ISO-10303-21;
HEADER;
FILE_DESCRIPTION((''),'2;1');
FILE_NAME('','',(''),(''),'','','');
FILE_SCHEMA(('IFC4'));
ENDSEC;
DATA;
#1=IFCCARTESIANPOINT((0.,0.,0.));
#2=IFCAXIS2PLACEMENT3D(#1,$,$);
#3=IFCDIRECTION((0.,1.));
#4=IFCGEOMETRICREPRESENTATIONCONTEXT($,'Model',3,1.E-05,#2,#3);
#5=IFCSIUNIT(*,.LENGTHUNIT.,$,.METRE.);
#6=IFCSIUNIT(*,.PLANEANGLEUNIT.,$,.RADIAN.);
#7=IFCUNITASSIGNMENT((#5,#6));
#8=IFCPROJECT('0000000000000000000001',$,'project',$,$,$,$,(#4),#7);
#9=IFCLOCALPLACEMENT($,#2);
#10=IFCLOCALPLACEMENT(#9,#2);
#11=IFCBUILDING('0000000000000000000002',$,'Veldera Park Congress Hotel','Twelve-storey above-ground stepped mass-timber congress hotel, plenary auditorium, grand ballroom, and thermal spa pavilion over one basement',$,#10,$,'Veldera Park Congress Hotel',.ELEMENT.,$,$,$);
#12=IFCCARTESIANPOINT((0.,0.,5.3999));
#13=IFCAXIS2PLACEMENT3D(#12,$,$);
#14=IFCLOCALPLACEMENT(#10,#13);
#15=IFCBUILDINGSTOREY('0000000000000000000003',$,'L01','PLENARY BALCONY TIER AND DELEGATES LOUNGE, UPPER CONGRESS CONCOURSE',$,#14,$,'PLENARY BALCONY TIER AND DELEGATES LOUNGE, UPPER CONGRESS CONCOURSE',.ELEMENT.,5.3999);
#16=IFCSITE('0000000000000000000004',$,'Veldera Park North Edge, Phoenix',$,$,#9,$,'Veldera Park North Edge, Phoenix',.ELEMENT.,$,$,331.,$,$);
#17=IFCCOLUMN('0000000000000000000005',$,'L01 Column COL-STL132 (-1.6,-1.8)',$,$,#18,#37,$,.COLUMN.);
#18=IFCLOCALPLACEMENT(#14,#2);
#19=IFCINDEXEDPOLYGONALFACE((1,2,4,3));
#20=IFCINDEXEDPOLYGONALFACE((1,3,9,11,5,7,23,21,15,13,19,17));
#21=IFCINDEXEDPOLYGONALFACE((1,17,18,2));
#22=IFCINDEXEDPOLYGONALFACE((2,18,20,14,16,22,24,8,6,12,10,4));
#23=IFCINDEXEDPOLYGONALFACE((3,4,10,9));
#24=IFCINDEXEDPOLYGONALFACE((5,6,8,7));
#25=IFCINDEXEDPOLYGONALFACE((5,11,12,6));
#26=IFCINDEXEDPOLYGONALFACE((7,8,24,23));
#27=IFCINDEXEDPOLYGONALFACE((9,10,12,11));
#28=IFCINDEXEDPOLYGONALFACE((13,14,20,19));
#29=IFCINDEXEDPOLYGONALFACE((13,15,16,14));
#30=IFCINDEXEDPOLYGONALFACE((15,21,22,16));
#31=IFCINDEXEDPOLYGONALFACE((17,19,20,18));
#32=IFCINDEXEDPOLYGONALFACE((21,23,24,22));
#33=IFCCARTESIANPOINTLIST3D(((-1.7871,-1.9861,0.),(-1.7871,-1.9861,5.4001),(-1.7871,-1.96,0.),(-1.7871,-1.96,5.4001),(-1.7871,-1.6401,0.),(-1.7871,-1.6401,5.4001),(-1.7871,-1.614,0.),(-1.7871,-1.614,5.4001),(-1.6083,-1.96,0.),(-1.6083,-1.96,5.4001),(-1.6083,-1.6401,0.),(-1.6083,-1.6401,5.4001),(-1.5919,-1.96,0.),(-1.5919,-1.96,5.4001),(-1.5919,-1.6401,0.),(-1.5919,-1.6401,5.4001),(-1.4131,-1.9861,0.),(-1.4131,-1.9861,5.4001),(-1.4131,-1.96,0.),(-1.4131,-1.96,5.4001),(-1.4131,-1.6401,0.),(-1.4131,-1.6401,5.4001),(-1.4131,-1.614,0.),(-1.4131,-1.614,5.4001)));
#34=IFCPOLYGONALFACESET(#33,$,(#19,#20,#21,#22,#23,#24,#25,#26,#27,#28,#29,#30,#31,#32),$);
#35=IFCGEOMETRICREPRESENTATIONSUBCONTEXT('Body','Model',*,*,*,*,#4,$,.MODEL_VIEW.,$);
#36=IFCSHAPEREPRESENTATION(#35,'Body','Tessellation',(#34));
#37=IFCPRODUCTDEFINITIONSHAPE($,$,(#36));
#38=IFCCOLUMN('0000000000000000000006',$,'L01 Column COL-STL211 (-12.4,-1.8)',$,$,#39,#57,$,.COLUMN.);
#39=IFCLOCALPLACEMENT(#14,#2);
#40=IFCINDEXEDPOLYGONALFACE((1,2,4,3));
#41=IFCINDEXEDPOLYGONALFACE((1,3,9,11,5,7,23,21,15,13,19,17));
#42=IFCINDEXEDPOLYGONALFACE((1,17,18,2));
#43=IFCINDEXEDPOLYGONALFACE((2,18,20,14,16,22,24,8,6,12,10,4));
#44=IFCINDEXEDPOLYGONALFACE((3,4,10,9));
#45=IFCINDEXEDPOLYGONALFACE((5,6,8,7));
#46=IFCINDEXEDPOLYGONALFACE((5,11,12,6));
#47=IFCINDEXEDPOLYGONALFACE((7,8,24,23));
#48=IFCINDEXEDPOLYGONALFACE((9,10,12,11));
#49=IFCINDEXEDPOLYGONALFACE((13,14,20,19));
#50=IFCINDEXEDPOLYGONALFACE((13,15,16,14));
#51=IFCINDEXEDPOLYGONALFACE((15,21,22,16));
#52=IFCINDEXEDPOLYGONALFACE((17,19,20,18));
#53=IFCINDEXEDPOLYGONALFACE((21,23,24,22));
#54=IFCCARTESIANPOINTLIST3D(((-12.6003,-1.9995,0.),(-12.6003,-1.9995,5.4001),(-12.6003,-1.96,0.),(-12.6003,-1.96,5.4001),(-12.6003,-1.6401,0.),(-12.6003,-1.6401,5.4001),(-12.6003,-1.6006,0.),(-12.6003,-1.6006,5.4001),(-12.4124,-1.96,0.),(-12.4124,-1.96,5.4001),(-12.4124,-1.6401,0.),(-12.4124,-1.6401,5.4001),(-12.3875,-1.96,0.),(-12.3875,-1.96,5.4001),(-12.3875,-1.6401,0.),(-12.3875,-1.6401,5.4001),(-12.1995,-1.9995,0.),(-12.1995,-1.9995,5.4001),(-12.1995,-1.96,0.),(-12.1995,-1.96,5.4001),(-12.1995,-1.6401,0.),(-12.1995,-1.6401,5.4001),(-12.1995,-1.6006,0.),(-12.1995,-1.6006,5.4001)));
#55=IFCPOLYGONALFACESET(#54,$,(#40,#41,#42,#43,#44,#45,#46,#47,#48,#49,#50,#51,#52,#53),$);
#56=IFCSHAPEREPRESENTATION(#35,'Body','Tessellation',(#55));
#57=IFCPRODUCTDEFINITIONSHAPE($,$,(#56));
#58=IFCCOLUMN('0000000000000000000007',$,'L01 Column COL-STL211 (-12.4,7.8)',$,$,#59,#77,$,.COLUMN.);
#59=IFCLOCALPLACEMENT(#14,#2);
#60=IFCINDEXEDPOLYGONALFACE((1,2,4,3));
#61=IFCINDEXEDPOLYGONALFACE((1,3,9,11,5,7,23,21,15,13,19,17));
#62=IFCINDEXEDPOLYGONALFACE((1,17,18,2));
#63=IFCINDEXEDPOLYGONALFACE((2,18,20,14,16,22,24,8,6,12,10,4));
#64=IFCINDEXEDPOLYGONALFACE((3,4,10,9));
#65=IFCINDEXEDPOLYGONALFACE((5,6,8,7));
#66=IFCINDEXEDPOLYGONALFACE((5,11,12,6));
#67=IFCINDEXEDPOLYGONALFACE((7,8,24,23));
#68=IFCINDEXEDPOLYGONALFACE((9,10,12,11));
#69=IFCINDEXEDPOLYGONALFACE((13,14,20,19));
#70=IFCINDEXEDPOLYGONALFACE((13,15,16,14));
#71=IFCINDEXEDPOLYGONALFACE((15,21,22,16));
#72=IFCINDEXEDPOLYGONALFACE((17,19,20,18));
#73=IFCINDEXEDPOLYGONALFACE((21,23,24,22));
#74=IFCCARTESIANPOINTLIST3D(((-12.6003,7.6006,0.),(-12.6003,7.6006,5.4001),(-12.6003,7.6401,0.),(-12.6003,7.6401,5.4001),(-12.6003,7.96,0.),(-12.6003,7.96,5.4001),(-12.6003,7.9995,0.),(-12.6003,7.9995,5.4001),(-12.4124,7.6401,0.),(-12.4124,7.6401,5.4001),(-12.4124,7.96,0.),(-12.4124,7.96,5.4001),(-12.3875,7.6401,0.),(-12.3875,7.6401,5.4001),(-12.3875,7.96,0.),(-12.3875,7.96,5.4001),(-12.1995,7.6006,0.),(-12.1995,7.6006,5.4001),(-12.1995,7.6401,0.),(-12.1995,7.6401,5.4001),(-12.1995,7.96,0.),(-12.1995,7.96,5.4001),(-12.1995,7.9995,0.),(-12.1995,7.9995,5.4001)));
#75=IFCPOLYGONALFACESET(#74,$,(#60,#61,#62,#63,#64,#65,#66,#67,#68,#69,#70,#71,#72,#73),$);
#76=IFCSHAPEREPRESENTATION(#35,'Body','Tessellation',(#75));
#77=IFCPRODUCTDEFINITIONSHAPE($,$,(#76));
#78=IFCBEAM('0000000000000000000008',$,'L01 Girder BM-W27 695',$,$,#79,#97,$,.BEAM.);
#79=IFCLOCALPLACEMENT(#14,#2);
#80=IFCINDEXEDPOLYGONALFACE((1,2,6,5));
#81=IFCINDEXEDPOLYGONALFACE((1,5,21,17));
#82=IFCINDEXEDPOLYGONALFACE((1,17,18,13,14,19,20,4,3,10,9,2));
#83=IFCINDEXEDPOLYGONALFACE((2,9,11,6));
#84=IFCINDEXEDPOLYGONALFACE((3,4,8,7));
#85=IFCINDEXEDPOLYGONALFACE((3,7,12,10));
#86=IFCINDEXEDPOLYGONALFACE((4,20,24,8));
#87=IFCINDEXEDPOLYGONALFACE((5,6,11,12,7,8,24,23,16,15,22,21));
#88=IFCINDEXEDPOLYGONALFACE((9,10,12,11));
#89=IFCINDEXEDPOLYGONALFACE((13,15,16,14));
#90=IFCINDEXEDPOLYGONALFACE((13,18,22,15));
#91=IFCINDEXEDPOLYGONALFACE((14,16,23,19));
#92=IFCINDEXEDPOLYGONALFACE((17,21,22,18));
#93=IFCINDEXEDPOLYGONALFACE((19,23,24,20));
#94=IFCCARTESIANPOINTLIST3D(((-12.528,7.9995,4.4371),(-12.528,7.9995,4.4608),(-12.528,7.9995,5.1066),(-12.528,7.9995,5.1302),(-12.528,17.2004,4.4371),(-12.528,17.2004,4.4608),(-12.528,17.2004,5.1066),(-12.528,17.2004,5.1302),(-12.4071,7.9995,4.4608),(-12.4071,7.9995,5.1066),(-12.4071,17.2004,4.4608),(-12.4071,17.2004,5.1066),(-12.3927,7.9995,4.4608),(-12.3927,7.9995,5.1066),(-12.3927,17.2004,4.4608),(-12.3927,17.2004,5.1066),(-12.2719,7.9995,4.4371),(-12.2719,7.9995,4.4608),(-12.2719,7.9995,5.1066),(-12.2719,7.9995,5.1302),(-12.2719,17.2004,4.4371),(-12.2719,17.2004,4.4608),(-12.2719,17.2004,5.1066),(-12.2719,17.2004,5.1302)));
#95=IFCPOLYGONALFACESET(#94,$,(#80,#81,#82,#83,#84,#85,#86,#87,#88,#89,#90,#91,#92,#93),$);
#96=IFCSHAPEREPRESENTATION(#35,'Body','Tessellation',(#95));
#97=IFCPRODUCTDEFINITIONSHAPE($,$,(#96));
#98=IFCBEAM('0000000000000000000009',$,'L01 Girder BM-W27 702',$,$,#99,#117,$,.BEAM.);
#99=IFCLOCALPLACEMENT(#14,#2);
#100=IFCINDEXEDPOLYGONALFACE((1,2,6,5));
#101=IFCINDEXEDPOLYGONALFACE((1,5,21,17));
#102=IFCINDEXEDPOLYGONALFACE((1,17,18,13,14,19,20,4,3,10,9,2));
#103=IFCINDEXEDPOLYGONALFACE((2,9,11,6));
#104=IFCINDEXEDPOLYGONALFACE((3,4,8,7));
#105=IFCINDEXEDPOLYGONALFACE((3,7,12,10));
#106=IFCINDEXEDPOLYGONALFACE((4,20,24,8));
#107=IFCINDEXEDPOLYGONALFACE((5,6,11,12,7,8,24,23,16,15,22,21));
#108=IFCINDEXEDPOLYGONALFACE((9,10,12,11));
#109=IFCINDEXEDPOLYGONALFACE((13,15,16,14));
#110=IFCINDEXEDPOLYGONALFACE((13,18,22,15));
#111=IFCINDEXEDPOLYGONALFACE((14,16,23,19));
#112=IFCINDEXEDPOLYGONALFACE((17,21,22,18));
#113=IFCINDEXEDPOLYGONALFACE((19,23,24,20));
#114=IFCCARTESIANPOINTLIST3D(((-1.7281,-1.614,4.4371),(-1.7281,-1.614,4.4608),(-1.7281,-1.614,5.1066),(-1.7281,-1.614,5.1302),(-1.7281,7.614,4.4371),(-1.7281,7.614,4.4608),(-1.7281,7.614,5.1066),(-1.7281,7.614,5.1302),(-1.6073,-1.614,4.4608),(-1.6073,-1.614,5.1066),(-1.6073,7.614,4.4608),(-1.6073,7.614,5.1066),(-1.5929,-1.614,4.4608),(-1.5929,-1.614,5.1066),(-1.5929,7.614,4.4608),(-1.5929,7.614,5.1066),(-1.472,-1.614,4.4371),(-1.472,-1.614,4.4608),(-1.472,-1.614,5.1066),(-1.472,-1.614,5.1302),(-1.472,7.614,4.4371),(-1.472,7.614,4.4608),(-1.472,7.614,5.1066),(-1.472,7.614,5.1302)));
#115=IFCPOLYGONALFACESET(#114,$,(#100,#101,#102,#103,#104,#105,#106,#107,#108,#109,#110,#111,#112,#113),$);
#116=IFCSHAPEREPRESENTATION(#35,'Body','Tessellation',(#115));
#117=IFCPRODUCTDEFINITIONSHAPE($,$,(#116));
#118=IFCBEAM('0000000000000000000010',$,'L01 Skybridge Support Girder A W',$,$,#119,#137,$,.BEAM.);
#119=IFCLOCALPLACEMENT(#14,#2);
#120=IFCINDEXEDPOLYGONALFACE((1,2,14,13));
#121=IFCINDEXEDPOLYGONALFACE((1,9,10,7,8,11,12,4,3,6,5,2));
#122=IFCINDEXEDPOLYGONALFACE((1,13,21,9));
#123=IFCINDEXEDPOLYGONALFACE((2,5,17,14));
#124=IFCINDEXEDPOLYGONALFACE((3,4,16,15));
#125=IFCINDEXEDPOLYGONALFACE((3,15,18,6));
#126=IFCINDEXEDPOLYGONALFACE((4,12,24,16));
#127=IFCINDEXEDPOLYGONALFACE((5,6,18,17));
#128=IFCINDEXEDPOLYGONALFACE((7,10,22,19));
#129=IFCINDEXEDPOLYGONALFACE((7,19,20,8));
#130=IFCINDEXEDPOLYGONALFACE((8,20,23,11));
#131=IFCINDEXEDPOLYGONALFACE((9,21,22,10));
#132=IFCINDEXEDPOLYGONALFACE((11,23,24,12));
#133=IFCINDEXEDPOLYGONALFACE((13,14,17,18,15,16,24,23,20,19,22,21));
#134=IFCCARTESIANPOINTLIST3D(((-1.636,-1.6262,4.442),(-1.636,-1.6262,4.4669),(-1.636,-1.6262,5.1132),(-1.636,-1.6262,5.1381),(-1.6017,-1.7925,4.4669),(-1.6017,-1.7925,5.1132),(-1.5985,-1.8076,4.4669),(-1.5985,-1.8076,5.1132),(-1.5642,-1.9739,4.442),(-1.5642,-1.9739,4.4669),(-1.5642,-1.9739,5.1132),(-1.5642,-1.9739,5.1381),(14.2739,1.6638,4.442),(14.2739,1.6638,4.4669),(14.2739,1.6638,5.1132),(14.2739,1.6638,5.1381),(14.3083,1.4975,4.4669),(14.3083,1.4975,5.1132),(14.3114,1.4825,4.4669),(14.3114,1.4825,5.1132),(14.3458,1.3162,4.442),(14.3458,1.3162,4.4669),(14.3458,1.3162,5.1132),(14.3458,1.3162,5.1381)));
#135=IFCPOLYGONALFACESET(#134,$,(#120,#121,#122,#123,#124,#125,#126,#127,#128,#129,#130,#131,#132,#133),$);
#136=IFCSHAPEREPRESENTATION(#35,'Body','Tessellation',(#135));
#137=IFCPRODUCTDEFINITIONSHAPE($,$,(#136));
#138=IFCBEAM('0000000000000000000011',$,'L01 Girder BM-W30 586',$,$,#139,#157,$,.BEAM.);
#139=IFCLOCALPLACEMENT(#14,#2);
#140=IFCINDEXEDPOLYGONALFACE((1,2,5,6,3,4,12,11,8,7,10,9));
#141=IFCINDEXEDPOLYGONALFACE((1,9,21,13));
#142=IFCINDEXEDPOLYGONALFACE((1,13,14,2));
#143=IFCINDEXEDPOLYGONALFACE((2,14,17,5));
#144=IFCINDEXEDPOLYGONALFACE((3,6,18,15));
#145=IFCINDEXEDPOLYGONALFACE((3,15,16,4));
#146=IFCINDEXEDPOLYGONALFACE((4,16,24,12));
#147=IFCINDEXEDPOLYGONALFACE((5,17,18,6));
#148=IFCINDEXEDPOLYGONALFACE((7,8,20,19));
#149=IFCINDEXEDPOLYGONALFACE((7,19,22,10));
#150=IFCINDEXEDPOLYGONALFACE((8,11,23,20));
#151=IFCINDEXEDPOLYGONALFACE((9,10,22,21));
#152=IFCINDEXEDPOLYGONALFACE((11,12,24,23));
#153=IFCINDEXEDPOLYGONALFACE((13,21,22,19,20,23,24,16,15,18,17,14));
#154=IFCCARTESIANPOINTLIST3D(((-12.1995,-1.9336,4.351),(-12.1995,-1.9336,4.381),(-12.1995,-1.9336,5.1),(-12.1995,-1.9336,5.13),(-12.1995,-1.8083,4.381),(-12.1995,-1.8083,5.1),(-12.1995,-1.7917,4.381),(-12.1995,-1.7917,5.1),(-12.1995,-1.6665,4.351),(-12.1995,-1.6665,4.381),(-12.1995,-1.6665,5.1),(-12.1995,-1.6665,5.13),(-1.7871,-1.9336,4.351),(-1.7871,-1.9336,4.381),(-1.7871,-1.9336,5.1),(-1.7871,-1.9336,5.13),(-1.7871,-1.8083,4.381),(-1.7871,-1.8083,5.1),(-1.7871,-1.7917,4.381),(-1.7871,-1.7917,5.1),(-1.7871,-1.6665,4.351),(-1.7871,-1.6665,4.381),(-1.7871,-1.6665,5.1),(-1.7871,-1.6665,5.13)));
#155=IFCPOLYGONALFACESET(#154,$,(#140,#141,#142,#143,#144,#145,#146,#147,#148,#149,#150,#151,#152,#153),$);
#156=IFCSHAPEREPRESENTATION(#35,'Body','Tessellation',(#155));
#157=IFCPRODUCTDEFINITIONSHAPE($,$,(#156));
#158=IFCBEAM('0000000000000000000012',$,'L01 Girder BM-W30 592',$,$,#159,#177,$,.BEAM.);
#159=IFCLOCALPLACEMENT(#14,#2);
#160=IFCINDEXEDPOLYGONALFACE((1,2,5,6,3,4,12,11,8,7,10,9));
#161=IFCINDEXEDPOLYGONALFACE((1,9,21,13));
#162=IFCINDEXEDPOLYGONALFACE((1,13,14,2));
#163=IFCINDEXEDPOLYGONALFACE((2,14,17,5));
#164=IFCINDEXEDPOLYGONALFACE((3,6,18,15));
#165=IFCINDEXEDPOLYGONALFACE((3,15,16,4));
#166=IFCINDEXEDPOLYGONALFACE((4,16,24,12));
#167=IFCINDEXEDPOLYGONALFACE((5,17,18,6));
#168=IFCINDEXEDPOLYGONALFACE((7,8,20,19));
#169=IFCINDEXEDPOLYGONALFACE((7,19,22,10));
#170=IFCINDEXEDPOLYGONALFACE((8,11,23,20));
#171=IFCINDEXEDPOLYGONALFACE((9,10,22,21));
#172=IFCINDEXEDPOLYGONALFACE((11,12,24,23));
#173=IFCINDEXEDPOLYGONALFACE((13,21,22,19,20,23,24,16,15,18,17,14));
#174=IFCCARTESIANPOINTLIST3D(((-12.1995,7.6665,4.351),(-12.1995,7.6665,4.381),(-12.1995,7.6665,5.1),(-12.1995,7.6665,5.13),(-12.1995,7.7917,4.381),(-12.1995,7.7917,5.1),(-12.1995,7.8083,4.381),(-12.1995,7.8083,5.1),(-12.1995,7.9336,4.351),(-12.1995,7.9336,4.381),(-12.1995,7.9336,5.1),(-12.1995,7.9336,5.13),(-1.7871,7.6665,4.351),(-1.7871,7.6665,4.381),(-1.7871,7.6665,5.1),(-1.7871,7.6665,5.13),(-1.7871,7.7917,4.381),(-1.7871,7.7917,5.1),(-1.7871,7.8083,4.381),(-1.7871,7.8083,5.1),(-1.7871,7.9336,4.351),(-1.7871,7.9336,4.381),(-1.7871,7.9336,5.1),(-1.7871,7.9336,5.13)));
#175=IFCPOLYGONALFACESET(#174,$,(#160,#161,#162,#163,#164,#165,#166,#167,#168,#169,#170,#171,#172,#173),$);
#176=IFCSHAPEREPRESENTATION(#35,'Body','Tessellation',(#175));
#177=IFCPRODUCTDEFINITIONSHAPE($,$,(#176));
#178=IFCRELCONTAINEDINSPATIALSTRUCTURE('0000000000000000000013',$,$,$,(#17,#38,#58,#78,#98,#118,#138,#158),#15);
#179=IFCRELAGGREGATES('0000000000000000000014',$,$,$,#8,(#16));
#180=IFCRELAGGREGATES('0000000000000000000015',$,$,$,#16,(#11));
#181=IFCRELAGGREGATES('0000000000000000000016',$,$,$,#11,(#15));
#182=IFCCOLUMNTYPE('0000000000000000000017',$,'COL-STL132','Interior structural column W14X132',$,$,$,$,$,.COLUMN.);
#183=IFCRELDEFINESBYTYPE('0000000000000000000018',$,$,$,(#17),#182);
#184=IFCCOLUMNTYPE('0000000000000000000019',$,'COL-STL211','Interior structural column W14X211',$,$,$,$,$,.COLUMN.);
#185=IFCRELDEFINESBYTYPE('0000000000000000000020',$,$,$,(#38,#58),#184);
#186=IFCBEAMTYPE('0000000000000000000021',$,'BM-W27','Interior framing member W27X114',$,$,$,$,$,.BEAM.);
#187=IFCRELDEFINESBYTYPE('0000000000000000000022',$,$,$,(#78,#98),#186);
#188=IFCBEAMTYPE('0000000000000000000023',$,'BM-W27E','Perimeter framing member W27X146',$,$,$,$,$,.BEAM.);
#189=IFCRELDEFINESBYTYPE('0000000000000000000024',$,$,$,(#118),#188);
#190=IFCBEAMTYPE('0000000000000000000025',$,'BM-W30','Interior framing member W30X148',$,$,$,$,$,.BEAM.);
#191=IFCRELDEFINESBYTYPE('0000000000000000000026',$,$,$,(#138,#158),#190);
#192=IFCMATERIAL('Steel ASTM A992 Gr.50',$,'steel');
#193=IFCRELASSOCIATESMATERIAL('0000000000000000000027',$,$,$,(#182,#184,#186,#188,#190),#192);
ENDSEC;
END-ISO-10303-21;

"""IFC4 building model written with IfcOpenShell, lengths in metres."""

from ifc_helpers import new_model, si_unit, direction, frame, origin, origin_2d, place, context, subcontext, project, spatial, i_section, extrude, material, material_profile, profile_set, type_object, element, save


model = new_model("IFC4")

# Units and contexts
model_context = context("Model", 3, precision=1e-05, world=origin(), true_north=direction((0.0, 1.0)))
body_context = subcontext(model_context, "Body", "Model", "MODEL_VIEW")
ifc_project = project(units=[si_unit("LENGTHUNIT", "METRE"), si_unit("PLANEANGLEUNIT", "RADIAN")], contexts=[model_context])

# Site, building, storey
site_placement = place(None, origin())
site = spatial("IfcSite", under=ifc_project, at=site_placement, Name="Veldera Park North Edge, Phoenix", LongName="Veldera Park North Edge, Phoenix", CompositionType="ELEMENT", RefElevation=331.0)
building_placement = place(site_placement, origin())
building = spatial("IfcBuilding", under=site, at=building_placement, Name="Veldera Park Congress Hotel", Description="Twelve-storey above-ground stepped mass-timber congress hotel, plenary auditorium, grand ballroom, and thermal spa pavilion over one basement", LongName="Veldera Park Congress Hotel", CompositionType="ELEMENT")
storey_placement = place(building_placement, frame((0.0, 0.0, 5.3999)))
storey = spatial("IfcBuildingStorey", under=building, at=storey_placement, Name="L01", Description="PLENARY BALCONY TIER AND DELEGATES LOUNGE, UPPER CONGRESS CONCOURSE", LongName="PLENARY BALCONY TIER AND DELEGATES LOUNGE, UPPER CONGRESS CONCOURSE", CompositionType="ELEMENT", Elevation=5.3999)

# Columns
ifc_material_1 = material(Name="Steel ASTM A992 Gr.50", Category="steel")
ifc_material_profile_1 = material_profile(ifc_material_1, i_section(OverallWidth=0.374, OverallDepth=0.3721, WebThickness=0.0164, FlangeThickness=0.0261, at=origin_2d()), Name="W14X132")
ifc_profile_set_1 = profile_set([ifc_material_profile_1], Name="Steel ASTM A992 Gr.50")
column_type_1 = type_object("IfcColumnType", Name="COL-STL132", Description="Interior structural column W14X132", PredefinedType="COLUMN", material=ifc_profile_set_1)
column_placement = place(storey_placement, frame((-1.6001, -1.8, 0.0), z_axis=(0.0, 0.0, 1.0), x_axis=(1.0, 0.0, 0.0)))
element("IfcColumn", 1, at=column_placement, inside=storey, type_object=column_type_1, Name="L01 Column COL-STL132 (-1.6,-1.8)", PredefinedType="COLUMN", context=body_context, shape_type="SweptSolid", body=[
    extrude(i_section(OverallWidth=0.374, OverallDepth=0.3721, WebThickness=0.0164, FlangeThickness=0.0261, at=origin_2d()), origin(), (0.0, 0.0, 1.0), 5.4001),
])
ifc_material_profile_2 = material_profile(ifc_material_1, i_section(OverallWidth=0.4009, OverallDepth=0.3989, WebThickness=0.0249, FlangeThickness=0.0396, at=origin_2d()), Name="W14X211")
ifc_profile_set_2 = profile_set([ifc_material_profile_2], Name="Steel ASTM A992 Gr.50")
column_type_2 = type_object("IfcColumnType", Name="COL-STL211", Description="Interior structural column W14X211", PredefinedType="COLUMN", material=ifc_profile_set_2)
for number, where, z_axis, x_axis, name in (
    (2, (-12.3999, -1.8, 0.0), (0.0, 0.0, 1.0), (1.0, 0.0, 0.0), "L01 Column COL-STL211 (-12.4,-1.8)"),
    (3, (-12.3999, 7.8, 0.0), (0.0, 0.0, 1.0), (1.0, 0.0, 0.0), "L01 Column COL-STL211 (-12.4,7.8)"),
):
    element("IfcColumn", number, at=place(storey_placement, frame(where, z_axis=z_axis, x_axis=x_axis)), inside=storey, type_object=column_type_2, Name=name, PredefinedType="COLUMN", context=body_context, shape_type="SweptSolid", body=[
        extrude(i_section(OverallWidth=0.4009, OverallDepth=0.3989, WebThickness=0.0249, FlangeThickness=0.0396, at=origin_2d()), origin(), (0.0, 0.0, 1.0), 5.4001),
    ])

# Beams
ifc_material_profile_3 = material_profile(ifc_material_1, i_section(OverallWidth=0.2561, OverallDepth=0.6931, WebThickness=0.0144, FlangeThickness=0.0237, at=origin_2d()), Name="W27X114")
ifc_profile_set_3 = profile_set([ifc_material_profile_3], Name="Steel ASTM A992 Gr.50")
beam_type_1 = type_object("IfcBeamType", Name="BM-W27", Description="Interior framing member W27X114", PredefinedType="BEAM", material=ifc_profile_set_3)
beam_1_placement = place(storey_placement, frame((-12.3999, 7.9995, 4.7837), z_axis=(0.0, 1.0, 0.0), x_axis=(-1.0, 0.0, 0.0)))
element("IfcBeam", 4, at=beam_1_placement, inside=storey, type_object=beam_type_1, Name="L01 Girder BM-W27 695", PredefinedType="BEAM", context=body_context, shape_type="SweptSolid", body=[
    extrude(i_section(OverallWidth=0.2561, OverallDepth=0.6931, WebThickness=0.0144, FlangeThickness=0.0237, at=origin_2d()), origin(), (0.0, 0.0, 1.0), 9.2009),
])
beam_2_placement = place(storey_placement, frame((-1.6001, -1.614, 4.7837), z_axis=(0.0, 1.0, 0.0), x_axis=(-1.0, 0.0, 0.0)))
element("IfcBeam", 5, at=beam_2_placement, inside=storey, type_object=beam_type_1, Name="L01 Girder BM-W27 702", PredefinedType="BEAM", context=body_context, shape_type="SweptSolid", body=[
    extrude(i_section(OverallWidth=0.2561, OverallDepth=0.6931, WebThickness=0.0144, FlangeThickness=0.0237, at=origin_2d()), origin(), (0.0, 0.0, 1.0), 9.228),
])
ifc_material_profile_4 = material_profile(ifc_material_1, i_section(OverallWidth=0.355, OverallDepth=0.696, WebThickness=0.0154, FlangeThickness=0.0249, at=origin_2d()), Name="W27X146")
ifc_profile_set_4 = profile_set([ifc_material_profile_4], Name="Steel ASTM A992 Gr.50")
beam_type_2 = type_object("IfcBeamType", Name="BM-W27E", Description="Perimeter framing member W27X146", PredefinedType="BEAM", material=ifc_profile_set_4)
beam_3_placement = place(storey_placement, frame((-1.6001, -1.8, 4.79), z_axis=(0.979281, 0.202507, 0.0), x_axis=(-0.202507, 0.979281, 0.0)))
element("IfcBeam", 6, at=beam_3_placement, inside=storey, type_object=beam_type_2, Name="L01 Skybridge Support Girder A W", PredefinedType="BEAM", context=body_context, shape_type="SweptSolid", body=[
    extrude(i_section(OverallWidth=0.355, OverallDepth=0.696, WebThickness=0.0154, FlangeThickness=0.0249, at=origin_2d()), origin(), (0.0, 0.0, 1.0), 16.2466),
])
ifc_material_profile_5 = material_profile(ifc_material_1, i_section(OverallWidth=0.2671, OverallDepth=0.7791, WebThickness=0.0166, FlangeThickness=0.03, at=origin_2d()), Name="W30X148")
ifc_profile_set_5 = profile_set([ifc_material_profile_5], Name="Steel ASTM A992 Gr.50")
beam_type_3 = type_object("IfcBeamType", Name="BM-W30", Description="Interior framing member W30X148", PredefinedType="BEAM", material=ifc_profile_set_5)
for number, where, z_axis, x_axis, name in (
    (7, (-12.1995, -1.8, 4.7405), (1.0, 0.0, 0.0), (0.0, 1.0, 0.0), "L01 Girder BM-W30 586"),
    (8, (-12.1995, 7.8, 4.7405), (1.0, 0.0, 0.0), (0.0, 1.0, 0.0), "L01 Girder BM-W30 592"),
):
    element("IfcBeam", number, at=place(storey_placement, frame(where, z_axis=z_axis, x_axis=x_axis)), inside=storey, type_object=beam_type_3, Name=name, PredefinedType="BEAM", context=body_context, shape_type="SweptSolid", body=[
        extrude(i_section(OverallWidth=0.2671, OverallDepth=0.7791, WebThickness=0.0166, FlangeThickness=0.03, at=origin_2d()), origin(), (0.0, 0.0, 1.0), 10.4124),
    ])

save(model, "model.ifc")
